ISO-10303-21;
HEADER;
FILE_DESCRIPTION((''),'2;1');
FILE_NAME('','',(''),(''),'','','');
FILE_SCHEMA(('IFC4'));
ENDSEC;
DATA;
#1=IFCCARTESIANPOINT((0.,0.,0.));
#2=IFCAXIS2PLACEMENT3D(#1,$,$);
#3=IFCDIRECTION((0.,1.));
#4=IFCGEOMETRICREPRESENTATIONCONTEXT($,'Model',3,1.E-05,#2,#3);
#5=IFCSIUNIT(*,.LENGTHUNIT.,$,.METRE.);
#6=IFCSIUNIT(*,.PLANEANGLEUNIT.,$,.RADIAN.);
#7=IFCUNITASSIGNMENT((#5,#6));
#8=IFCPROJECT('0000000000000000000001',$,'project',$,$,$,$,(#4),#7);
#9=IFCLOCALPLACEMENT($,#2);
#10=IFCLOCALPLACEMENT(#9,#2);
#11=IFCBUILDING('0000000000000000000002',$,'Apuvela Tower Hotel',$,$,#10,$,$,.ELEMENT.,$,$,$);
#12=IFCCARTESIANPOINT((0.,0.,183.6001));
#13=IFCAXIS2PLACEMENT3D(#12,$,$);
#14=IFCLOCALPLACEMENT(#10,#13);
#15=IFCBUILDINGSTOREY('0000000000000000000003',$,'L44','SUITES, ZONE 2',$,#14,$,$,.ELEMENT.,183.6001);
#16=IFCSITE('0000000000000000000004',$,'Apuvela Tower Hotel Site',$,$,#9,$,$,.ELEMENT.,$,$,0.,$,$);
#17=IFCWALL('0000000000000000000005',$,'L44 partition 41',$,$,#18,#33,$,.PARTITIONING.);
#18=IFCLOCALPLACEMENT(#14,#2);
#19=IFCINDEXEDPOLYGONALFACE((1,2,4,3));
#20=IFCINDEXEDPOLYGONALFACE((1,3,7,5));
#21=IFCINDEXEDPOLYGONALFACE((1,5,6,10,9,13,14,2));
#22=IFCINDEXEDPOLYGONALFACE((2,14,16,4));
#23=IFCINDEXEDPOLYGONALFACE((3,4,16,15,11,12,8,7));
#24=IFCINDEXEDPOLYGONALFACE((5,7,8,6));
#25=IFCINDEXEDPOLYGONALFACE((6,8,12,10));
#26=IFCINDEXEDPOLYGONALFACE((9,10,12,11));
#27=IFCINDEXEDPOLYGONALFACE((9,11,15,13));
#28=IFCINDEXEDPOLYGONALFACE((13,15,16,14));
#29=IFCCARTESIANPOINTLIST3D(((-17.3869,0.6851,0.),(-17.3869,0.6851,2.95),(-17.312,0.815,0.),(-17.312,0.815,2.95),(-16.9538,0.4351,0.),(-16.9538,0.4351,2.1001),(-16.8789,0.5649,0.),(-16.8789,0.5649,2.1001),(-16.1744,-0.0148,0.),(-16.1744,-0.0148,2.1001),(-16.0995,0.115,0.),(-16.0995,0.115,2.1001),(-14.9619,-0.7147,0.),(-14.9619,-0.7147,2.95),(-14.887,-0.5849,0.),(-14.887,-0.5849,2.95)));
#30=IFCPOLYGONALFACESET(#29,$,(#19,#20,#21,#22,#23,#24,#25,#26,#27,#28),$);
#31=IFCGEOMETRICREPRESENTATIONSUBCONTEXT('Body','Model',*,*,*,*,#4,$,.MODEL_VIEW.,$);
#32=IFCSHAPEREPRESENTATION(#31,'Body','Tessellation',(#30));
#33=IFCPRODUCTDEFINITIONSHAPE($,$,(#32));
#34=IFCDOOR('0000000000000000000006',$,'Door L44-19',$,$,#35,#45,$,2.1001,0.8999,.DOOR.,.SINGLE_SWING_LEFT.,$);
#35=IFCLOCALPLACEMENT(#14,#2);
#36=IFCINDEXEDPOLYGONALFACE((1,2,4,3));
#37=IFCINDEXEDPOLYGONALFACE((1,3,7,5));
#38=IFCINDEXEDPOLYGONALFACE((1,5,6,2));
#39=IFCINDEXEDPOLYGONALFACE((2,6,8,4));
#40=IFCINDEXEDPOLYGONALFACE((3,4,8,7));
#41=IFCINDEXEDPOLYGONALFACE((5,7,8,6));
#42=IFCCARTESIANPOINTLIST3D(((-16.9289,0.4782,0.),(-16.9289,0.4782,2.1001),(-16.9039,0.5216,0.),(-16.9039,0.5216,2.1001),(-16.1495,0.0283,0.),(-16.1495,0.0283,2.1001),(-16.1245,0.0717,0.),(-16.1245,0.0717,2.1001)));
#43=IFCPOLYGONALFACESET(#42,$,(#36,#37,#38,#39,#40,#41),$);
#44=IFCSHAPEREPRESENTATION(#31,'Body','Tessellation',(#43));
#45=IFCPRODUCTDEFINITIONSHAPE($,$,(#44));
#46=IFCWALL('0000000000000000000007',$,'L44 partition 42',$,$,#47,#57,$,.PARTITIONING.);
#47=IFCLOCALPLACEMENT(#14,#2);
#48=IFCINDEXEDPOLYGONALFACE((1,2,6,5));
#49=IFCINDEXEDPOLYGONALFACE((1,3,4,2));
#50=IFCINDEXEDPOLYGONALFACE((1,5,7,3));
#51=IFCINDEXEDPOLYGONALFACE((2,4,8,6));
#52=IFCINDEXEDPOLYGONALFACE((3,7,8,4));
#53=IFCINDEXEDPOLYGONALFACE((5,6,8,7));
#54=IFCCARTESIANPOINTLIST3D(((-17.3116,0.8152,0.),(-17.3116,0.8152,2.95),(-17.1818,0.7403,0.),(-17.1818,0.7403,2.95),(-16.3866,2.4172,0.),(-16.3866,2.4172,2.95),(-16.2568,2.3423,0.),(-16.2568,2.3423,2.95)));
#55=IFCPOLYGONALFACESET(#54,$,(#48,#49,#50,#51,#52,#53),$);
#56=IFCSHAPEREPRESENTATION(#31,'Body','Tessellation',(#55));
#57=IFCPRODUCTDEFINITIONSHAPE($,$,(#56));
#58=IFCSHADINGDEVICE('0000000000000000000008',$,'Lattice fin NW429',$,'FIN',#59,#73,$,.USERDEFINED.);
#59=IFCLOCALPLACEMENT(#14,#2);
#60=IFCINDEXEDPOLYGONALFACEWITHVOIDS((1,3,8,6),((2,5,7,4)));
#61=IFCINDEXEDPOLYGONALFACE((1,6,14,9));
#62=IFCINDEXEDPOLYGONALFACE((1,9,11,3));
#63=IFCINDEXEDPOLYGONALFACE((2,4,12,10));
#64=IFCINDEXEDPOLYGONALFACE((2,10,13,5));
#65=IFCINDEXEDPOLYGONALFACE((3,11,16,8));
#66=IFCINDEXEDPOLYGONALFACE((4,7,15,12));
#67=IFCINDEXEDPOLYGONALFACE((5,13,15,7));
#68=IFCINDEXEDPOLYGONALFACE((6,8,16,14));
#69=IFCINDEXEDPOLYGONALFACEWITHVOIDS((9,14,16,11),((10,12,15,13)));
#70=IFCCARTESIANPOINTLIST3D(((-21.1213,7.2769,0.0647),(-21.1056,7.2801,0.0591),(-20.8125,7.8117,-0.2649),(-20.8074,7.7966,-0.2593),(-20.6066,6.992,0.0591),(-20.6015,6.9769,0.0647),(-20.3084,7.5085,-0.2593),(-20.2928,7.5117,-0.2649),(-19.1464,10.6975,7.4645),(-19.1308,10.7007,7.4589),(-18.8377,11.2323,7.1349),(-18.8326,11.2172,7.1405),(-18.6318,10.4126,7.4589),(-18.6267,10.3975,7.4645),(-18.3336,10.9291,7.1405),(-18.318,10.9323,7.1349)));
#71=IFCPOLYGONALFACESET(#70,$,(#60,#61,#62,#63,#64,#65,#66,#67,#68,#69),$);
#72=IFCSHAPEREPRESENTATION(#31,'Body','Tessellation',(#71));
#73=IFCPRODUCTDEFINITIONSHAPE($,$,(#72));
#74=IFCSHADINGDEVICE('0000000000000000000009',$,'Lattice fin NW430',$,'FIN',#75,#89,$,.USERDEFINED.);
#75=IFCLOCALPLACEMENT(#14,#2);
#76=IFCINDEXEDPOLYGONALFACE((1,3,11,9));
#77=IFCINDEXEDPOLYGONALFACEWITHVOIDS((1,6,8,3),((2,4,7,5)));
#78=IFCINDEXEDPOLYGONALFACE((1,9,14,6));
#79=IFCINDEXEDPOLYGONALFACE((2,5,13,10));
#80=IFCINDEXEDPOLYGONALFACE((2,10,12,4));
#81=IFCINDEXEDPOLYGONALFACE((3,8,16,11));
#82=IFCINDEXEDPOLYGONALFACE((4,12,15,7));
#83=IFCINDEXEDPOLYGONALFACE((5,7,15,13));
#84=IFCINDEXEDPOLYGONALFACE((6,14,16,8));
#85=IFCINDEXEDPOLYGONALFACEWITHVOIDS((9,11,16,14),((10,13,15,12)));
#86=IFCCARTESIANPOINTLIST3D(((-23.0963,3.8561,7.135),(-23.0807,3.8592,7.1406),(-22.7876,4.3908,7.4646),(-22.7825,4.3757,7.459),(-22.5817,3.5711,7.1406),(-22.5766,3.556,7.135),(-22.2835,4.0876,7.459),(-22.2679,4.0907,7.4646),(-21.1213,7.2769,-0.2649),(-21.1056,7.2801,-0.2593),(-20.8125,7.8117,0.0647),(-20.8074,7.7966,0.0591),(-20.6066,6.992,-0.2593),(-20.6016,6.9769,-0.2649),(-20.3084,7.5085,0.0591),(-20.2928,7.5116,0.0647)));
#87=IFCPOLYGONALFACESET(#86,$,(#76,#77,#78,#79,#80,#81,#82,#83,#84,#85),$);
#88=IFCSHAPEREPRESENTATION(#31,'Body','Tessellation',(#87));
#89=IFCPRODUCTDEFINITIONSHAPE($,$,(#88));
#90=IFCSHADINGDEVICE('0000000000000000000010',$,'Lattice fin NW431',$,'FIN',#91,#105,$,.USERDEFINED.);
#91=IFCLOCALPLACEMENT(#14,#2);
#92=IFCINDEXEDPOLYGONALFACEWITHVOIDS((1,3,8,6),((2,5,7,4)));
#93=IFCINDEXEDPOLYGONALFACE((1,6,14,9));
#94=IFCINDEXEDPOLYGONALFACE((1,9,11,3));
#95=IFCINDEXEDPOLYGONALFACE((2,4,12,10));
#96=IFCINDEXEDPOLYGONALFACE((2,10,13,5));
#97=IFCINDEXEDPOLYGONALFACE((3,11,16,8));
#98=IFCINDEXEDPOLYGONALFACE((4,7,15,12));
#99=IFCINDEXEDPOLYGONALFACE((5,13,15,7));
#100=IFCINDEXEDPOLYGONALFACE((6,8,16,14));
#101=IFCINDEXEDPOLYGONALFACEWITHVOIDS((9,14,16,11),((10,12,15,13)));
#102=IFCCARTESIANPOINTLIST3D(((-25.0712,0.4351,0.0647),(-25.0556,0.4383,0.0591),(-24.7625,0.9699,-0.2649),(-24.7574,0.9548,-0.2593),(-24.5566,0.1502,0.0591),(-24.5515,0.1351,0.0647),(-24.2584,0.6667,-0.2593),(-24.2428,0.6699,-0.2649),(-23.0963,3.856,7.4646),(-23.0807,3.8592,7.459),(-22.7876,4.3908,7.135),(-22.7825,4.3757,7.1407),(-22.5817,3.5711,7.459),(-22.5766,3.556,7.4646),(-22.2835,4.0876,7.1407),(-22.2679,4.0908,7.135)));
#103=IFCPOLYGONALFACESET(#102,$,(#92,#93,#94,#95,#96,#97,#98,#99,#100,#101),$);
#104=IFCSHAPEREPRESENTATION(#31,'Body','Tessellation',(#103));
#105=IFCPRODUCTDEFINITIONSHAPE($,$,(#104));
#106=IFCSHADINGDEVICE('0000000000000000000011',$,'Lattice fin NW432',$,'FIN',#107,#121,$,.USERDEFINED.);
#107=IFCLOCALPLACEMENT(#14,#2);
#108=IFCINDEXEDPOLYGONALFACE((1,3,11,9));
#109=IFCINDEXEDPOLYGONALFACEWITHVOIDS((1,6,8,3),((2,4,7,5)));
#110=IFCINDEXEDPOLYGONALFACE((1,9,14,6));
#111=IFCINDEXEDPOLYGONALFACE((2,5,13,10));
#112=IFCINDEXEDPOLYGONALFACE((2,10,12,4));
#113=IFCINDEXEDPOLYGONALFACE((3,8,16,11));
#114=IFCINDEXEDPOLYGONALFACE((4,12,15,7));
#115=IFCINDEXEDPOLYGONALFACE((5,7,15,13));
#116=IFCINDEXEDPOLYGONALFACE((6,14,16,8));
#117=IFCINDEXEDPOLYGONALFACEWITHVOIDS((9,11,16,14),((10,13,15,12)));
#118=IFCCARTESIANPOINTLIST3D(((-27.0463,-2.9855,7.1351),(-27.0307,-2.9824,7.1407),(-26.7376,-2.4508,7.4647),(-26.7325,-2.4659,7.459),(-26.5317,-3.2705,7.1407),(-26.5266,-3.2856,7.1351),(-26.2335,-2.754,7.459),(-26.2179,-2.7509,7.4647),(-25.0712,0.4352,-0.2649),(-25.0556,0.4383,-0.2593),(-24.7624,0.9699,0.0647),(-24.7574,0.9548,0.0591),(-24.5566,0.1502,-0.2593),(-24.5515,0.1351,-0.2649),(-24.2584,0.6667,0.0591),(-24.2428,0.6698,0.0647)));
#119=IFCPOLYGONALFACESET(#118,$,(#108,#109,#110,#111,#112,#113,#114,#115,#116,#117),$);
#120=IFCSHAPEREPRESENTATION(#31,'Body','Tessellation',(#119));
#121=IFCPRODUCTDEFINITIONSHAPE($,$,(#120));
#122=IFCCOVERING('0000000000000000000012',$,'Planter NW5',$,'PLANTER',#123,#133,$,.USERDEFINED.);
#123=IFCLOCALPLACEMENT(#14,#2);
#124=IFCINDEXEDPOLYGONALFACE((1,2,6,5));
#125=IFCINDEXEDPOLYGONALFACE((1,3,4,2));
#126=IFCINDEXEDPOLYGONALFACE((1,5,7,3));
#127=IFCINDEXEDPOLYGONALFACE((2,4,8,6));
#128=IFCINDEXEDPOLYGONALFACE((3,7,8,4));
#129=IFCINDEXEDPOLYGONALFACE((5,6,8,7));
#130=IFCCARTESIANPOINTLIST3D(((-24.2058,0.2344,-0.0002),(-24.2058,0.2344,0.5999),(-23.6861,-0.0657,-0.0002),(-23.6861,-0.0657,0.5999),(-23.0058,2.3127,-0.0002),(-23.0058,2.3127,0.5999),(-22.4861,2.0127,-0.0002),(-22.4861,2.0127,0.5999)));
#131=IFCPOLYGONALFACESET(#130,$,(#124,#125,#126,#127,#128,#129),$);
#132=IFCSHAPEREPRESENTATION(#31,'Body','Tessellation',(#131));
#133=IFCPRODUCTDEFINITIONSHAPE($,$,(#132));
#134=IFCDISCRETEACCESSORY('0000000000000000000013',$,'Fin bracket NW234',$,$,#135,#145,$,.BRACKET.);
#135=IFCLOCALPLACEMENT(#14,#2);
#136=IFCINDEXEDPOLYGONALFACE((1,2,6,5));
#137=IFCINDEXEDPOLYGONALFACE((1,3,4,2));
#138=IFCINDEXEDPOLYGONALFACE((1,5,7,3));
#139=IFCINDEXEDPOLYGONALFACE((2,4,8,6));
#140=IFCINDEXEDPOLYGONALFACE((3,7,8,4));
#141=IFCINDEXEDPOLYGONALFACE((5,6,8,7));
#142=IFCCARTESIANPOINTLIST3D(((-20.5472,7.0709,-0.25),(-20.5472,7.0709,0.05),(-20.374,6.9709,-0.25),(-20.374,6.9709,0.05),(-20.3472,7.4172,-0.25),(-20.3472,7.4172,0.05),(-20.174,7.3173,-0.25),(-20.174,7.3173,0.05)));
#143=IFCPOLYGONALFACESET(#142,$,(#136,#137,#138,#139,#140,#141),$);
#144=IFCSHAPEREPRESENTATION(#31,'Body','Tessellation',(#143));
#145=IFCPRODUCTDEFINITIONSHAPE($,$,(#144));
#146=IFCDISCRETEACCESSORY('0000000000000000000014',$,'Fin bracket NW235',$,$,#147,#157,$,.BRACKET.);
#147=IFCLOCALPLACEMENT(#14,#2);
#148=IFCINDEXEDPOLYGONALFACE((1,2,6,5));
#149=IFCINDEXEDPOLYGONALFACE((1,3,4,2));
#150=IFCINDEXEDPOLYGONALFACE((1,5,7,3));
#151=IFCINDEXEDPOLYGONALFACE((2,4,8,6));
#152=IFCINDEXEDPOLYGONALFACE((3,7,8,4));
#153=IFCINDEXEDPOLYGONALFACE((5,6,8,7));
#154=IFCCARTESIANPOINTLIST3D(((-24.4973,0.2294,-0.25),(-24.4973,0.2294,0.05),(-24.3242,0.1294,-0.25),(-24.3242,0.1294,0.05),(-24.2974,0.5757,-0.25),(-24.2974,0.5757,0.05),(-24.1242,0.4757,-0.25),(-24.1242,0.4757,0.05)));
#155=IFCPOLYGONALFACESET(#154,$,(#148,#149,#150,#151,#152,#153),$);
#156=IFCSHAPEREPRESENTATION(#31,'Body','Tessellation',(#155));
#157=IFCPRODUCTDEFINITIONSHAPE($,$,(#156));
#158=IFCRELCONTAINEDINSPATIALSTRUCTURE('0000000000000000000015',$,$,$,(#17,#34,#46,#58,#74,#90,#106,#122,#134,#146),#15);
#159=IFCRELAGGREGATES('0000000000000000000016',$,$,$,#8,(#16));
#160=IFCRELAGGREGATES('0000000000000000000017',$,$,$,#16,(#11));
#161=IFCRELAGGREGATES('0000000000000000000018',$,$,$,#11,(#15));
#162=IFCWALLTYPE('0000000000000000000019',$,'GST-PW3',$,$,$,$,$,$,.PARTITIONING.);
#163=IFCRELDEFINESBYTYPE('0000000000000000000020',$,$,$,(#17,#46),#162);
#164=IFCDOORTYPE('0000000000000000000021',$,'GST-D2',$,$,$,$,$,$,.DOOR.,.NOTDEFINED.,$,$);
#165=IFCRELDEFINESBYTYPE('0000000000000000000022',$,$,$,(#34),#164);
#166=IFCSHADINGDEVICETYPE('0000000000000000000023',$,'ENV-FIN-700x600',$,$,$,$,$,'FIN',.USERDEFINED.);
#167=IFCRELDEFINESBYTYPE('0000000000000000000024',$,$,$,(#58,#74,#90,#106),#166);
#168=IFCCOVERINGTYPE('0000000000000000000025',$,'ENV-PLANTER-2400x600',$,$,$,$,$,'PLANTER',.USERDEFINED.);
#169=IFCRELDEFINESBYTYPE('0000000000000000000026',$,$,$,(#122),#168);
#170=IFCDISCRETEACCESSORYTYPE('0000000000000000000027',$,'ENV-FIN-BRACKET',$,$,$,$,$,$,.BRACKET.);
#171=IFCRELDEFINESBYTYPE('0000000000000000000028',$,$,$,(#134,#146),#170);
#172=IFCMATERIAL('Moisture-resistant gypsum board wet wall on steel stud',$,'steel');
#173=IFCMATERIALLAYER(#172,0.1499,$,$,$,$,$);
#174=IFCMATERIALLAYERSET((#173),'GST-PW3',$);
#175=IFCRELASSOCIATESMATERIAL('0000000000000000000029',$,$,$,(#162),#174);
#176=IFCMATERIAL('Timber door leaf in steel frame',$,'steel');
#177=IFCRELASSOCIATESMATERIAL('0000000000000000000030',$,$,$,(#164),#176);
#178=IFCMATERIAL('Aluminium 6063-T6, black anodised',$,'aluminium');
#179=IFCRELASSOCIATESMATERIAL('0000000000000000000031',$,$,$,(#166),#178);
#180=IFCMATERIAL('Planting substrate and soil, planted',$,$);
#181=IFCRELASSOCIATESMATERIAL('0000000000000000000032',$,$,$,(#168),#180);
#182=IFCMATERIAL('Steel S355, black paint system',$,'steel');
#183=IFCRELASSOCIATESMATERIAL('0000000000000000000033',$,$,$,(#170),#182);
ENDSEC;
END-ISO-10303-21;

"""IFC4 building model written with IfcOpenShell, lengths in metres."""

from ifc_helpers import new_model, si_unit, direction, frame, frame_2d, origin, origin_2d, place, context, subcontext, project, spatial, rectangle, hollow_rectangle, extrude, material, layer, layer_set, material_profile, profile_set, type_object, element, fill, save


model = new_model("IFC4")

# Units and contexts
model_context = context("Model", 3, precision=1e-05, world=origin(), true_north=direction((0.0, 1.0)))
body_context = subcontext(model_context, "Body", "Model", "MODEL_VIEW")
ifc_project = project(units=[si_unit("LENGTHUNIT", "METRE"), si_unit("PLANEANGLEUNIT", "RADIAN")], contexts=[model_context])

# Site, building, storey
site_placement = place(None, origin())
site = spatial("IfcSite", under=ifc_project, at=site_placement, Name="Apuvela Tower Hotel Site", CompositionType="ELEMENT", RefElevation=0.0)
building_placement = place(site_placement, origin())
building = spatial("IfcBuilding", under=site, at=building_placement, Name="Apuvela Tower Hotel", CompositionType="ELEMENT")
storey_placement = place(building_placement, frame((0.0, 0.0, 183.6001)))
storey = spatial("IfcBuildingStorey", under=building, at=storey_placement, Name="L44", Description="SUITES, ZONE 2", CompositionType="ELEMENT", Elevation=183.6001)

# Wall, opening, door
ifc_material_1 = material(Name="Moisture-resistant gypsum board wet wall on steel stud", Category="steel")
ifc_layer_1 = layer(ifc_material_1, 0.1499)
ifc_layer_set_1 = layer_set([ifc_layer_1], Name="GST-PW3")
wall_type_1 = type_object("IfcWallType", Name="GST-PW3", PredefinedType="PARTITIONING", material=ifc_layer_set_1)
wall_1_placement = place(storey_placement, frame((-17.3494, 0.75, 0.0), z_axis=(0.0, 0.0, 1.0), x_axis=(0.866056, -0.499946, 0.0)))
wall_1 = element("IfcWall", 1, at=wall_1_placement, inside=storey, type_object=wall_type_1, Name="L44 partition 41", PredefinedType="PARTITIONING", context=body_context, shape_type="SweptSolid", body=[
    extrude(rectangle(XDim=2.8, YDim=0.1499, at=frame_2d((1.3999, 0.0))), origin(), (0.0, 0.0, 1.0), 2.95),
])
opening_1_placement = place(wall_1_placement, frame((0.5, 0.0, 0.0)))
opening_1 = element("IfcOpeningElement", 2, at=opening_1_placement, cuts=wall_1, PredefinedType="OPENING", context=body_context, shape_type="SweptSolid", body=[
    extrude(rectangle(XDim=0.8999, YDim=2.1001, at=frame_2d((0.45, 1.05))), frame((0.0, 0.085, 0.0), z_axis=(0.0, -1.0, 0.0), x_axis=(1.0, 0.0, 0.0)), (0.0, 0.0, 1.0), 0.1699),
])
ifc_material_2 = material(Name="Timber door leaf in steel frame", Category="steel")
door_type_1 = type_object("IfcDoorType", Name="GST-D2", OperationType="NOTDEFINED", PredefinedType="DOOR", material=ifc_material_2)
door_1_placement = place(opening_1_placement, origin())
door_1 = element("IfcDoor", 3, at=door_1_placement, inside=storey, type_object=door_type_1, Name="Door L44-19", OperationType="SINGLE_SWING_LEFT", OverallHeight=2.1001, OverallWidth=0.8999, PredefinedType="DOOR", context=body_context, shape_type="SweptSolid", body=[
    extrude(rectangle(XDim=0.8999, YDim=2.1001, at=frame_2d((0.45, 1.05))), frame((0.0, 0.0249, 0.0), z_axis=(0.0, -1.0, 0.0), x_axis=(1.0, 0.0, 0.0)), (0.0, 0.0, 1.0), 0.05),
])
fill(opening_1, door_1)

# Wall
wall_2_placement = place(storey_placement, frame((-16.3218, 2.3796, 0.0), z_axis=(0.0, 0.0, 1.0), x_axis=(-0.500042, -0.866001, 0.0)))
element("IfcWall", 4, at=wall_2_placement, inside=storey, type_object=wall_type_1, Name="L44 partition 42", PredefinedType="PARTITIONING", context=body_context, shape_type="SweptSolid", body=[
    extrude(rectangle(XDim=1.8499, YDim=0.1499, at=frame_2d((0.9248, 0.0))), origin(), (0.0, 0.0, 1.0), 2.95),
])

# Shading devices
ifc_material_3 = material(Name="Aluminium 6063-T6, black anodised", Category="aluminium")
ifc_material_profile_1 = material_profile(ifc_material_3, hollow_rectangle(XDim=0.6001, YDim=0.7, WallThickness=0.012, at=origin_2d()), Name="AL BOX 700x600x12")
ifc_profile_set_1 = profile_set([ifc_material_profile_1], Name="Aluminium 6063-T6, black anodised")
shading_device_type = type_object("IfcShadingDeviceType", Name="ENV-FIN-700x600", ElementType="FIN", PredefinedType="USERDEFINED", material=ifc_profile_set_1)
shading_device_placement = place(storey_placement, frame((-20.707, 7.3943, -0.1001), z_axis=(0.235436, 0.407801, 0.882195), x_axis=(-0.866032, 0.499988, 0.0)))
element("IfcShadingDevice", 5, at=shading_device_placement, inside=storey, type_object=shading_device_type, Name="Lattice fin NW429", ObjectType="FIN", PredefinedType="USERDEFINED", context=body_context, shape_type="SweptSolid", body=[
    extrude(hollow_rectangle(XDim=0.6001, YDim=0.7, WallThickness=0.012, at=origin_2d()), origin(), (0.0, 0.0, 1.0), 8.3879),
])
for number, where, z_axis, x_axis, name in (
    (6, (-20.707, 7.3943, -0.1001), (-0.235461, -0.407822, 0.882179), (0.866021, -0.500008, 0.0), "Lattice fin NW430"),
    (7, (-24.657, 0.5525, -0.1001), (0.235434, 0.407825, 0.882185), (-0.866048, 0.499961, 0.0), "Lattice fin NW431"),
    (8, (-24.657, 0.5525, -0.1001), (-0.235464, -0.407798, 0.882189), (0.866005, -0.500035, 0.0), "Lattice fin NW432"),
):
    element("IfcShadingDevice", number, at=place(storey_placement, frame(where, z_axis=z_axis, x_axis=x_axis)), inside=storey, type_object=shading_device_type, Name=name, ObjectType="FIN", PredefinedType="USERDEFINED", context=body_context, shape_type="SweptSolid", body=[
        extrude(hollow_rectangle(XDim=0.6001, YDim=0.7, WallThickness=0.012, at=origin_2d()), origin(), (0.0, 0.0, 1.0), 8.3882),
    ])

# Covering
ifc_material_4 = material(Name="Planting substrate and soil, planted")
covering_type = type_object("IfcCoveringType", Name="ENV-PLANTER-2400x600", ElementType="PLANTER", PredefinedType="USERDEFINED", material=ifc_material_4)
covering_placement = place(storey_placement, frame((-23.3459, 1.1235, -0.0002), z_axis=(0.0, 0.0, 1.0), x_axis=(-0.5, -0.866025, 0.0)))
element("IfcCovering", 9, at=covering_placement, inside=storey, type_object=covering_type, Name="Planter NW5", ObjectType="PLANTER", PredefinedType="USERDEFINED", context=body_context, shape_type="SweptSolid", body=[
    extrude(rectangle(XDim=2.3999, YDim=0.6001, at=origin_2d()), origin(), (0.0, 0.0, 1.0), 0.6001),
])

# Discrete accessories
ifc_material_5 = material(Name="Steel S355, black paint system", Category="steel")
discrete_accessory_type = type_object("IfcDiscreteAccessoryType", Name="ENV-FIN-BRACKET", PredefinedType="BRACKET", material=ifc_material_5)
for number, where, z_axis, x_axis, name in (
    (10, (-20.3606, 7.1941, -0.25), (0.0, 0.0, 1.0), (-0.5, -0.866025, 0.0), "Fin bracket NW234"),
    (11, (-24.3108, 0.3525, -0.25), (0.0, 0.0, 1.0), (-0.5, -0.866025, 0.0), "Fin bracket NW235"),
):
    element("IfcDiscreteAccessory", number, at=place(storey_placement, frame(where, z_axis=z_axis, x_axis=x_axis)), inside=storey, type_object=discrete_accessory_type, Name=name, PredefinedType="BRACKET", context=body_context, shape_type="SweptSolid", body=[
        extrude(rectangle(XDim=0.3999, YDim=0.2, at=origin_2d()), origin(), (0.0, 0.0, 1.0), 0.3),
    ])

save(model, "model.ifc")
